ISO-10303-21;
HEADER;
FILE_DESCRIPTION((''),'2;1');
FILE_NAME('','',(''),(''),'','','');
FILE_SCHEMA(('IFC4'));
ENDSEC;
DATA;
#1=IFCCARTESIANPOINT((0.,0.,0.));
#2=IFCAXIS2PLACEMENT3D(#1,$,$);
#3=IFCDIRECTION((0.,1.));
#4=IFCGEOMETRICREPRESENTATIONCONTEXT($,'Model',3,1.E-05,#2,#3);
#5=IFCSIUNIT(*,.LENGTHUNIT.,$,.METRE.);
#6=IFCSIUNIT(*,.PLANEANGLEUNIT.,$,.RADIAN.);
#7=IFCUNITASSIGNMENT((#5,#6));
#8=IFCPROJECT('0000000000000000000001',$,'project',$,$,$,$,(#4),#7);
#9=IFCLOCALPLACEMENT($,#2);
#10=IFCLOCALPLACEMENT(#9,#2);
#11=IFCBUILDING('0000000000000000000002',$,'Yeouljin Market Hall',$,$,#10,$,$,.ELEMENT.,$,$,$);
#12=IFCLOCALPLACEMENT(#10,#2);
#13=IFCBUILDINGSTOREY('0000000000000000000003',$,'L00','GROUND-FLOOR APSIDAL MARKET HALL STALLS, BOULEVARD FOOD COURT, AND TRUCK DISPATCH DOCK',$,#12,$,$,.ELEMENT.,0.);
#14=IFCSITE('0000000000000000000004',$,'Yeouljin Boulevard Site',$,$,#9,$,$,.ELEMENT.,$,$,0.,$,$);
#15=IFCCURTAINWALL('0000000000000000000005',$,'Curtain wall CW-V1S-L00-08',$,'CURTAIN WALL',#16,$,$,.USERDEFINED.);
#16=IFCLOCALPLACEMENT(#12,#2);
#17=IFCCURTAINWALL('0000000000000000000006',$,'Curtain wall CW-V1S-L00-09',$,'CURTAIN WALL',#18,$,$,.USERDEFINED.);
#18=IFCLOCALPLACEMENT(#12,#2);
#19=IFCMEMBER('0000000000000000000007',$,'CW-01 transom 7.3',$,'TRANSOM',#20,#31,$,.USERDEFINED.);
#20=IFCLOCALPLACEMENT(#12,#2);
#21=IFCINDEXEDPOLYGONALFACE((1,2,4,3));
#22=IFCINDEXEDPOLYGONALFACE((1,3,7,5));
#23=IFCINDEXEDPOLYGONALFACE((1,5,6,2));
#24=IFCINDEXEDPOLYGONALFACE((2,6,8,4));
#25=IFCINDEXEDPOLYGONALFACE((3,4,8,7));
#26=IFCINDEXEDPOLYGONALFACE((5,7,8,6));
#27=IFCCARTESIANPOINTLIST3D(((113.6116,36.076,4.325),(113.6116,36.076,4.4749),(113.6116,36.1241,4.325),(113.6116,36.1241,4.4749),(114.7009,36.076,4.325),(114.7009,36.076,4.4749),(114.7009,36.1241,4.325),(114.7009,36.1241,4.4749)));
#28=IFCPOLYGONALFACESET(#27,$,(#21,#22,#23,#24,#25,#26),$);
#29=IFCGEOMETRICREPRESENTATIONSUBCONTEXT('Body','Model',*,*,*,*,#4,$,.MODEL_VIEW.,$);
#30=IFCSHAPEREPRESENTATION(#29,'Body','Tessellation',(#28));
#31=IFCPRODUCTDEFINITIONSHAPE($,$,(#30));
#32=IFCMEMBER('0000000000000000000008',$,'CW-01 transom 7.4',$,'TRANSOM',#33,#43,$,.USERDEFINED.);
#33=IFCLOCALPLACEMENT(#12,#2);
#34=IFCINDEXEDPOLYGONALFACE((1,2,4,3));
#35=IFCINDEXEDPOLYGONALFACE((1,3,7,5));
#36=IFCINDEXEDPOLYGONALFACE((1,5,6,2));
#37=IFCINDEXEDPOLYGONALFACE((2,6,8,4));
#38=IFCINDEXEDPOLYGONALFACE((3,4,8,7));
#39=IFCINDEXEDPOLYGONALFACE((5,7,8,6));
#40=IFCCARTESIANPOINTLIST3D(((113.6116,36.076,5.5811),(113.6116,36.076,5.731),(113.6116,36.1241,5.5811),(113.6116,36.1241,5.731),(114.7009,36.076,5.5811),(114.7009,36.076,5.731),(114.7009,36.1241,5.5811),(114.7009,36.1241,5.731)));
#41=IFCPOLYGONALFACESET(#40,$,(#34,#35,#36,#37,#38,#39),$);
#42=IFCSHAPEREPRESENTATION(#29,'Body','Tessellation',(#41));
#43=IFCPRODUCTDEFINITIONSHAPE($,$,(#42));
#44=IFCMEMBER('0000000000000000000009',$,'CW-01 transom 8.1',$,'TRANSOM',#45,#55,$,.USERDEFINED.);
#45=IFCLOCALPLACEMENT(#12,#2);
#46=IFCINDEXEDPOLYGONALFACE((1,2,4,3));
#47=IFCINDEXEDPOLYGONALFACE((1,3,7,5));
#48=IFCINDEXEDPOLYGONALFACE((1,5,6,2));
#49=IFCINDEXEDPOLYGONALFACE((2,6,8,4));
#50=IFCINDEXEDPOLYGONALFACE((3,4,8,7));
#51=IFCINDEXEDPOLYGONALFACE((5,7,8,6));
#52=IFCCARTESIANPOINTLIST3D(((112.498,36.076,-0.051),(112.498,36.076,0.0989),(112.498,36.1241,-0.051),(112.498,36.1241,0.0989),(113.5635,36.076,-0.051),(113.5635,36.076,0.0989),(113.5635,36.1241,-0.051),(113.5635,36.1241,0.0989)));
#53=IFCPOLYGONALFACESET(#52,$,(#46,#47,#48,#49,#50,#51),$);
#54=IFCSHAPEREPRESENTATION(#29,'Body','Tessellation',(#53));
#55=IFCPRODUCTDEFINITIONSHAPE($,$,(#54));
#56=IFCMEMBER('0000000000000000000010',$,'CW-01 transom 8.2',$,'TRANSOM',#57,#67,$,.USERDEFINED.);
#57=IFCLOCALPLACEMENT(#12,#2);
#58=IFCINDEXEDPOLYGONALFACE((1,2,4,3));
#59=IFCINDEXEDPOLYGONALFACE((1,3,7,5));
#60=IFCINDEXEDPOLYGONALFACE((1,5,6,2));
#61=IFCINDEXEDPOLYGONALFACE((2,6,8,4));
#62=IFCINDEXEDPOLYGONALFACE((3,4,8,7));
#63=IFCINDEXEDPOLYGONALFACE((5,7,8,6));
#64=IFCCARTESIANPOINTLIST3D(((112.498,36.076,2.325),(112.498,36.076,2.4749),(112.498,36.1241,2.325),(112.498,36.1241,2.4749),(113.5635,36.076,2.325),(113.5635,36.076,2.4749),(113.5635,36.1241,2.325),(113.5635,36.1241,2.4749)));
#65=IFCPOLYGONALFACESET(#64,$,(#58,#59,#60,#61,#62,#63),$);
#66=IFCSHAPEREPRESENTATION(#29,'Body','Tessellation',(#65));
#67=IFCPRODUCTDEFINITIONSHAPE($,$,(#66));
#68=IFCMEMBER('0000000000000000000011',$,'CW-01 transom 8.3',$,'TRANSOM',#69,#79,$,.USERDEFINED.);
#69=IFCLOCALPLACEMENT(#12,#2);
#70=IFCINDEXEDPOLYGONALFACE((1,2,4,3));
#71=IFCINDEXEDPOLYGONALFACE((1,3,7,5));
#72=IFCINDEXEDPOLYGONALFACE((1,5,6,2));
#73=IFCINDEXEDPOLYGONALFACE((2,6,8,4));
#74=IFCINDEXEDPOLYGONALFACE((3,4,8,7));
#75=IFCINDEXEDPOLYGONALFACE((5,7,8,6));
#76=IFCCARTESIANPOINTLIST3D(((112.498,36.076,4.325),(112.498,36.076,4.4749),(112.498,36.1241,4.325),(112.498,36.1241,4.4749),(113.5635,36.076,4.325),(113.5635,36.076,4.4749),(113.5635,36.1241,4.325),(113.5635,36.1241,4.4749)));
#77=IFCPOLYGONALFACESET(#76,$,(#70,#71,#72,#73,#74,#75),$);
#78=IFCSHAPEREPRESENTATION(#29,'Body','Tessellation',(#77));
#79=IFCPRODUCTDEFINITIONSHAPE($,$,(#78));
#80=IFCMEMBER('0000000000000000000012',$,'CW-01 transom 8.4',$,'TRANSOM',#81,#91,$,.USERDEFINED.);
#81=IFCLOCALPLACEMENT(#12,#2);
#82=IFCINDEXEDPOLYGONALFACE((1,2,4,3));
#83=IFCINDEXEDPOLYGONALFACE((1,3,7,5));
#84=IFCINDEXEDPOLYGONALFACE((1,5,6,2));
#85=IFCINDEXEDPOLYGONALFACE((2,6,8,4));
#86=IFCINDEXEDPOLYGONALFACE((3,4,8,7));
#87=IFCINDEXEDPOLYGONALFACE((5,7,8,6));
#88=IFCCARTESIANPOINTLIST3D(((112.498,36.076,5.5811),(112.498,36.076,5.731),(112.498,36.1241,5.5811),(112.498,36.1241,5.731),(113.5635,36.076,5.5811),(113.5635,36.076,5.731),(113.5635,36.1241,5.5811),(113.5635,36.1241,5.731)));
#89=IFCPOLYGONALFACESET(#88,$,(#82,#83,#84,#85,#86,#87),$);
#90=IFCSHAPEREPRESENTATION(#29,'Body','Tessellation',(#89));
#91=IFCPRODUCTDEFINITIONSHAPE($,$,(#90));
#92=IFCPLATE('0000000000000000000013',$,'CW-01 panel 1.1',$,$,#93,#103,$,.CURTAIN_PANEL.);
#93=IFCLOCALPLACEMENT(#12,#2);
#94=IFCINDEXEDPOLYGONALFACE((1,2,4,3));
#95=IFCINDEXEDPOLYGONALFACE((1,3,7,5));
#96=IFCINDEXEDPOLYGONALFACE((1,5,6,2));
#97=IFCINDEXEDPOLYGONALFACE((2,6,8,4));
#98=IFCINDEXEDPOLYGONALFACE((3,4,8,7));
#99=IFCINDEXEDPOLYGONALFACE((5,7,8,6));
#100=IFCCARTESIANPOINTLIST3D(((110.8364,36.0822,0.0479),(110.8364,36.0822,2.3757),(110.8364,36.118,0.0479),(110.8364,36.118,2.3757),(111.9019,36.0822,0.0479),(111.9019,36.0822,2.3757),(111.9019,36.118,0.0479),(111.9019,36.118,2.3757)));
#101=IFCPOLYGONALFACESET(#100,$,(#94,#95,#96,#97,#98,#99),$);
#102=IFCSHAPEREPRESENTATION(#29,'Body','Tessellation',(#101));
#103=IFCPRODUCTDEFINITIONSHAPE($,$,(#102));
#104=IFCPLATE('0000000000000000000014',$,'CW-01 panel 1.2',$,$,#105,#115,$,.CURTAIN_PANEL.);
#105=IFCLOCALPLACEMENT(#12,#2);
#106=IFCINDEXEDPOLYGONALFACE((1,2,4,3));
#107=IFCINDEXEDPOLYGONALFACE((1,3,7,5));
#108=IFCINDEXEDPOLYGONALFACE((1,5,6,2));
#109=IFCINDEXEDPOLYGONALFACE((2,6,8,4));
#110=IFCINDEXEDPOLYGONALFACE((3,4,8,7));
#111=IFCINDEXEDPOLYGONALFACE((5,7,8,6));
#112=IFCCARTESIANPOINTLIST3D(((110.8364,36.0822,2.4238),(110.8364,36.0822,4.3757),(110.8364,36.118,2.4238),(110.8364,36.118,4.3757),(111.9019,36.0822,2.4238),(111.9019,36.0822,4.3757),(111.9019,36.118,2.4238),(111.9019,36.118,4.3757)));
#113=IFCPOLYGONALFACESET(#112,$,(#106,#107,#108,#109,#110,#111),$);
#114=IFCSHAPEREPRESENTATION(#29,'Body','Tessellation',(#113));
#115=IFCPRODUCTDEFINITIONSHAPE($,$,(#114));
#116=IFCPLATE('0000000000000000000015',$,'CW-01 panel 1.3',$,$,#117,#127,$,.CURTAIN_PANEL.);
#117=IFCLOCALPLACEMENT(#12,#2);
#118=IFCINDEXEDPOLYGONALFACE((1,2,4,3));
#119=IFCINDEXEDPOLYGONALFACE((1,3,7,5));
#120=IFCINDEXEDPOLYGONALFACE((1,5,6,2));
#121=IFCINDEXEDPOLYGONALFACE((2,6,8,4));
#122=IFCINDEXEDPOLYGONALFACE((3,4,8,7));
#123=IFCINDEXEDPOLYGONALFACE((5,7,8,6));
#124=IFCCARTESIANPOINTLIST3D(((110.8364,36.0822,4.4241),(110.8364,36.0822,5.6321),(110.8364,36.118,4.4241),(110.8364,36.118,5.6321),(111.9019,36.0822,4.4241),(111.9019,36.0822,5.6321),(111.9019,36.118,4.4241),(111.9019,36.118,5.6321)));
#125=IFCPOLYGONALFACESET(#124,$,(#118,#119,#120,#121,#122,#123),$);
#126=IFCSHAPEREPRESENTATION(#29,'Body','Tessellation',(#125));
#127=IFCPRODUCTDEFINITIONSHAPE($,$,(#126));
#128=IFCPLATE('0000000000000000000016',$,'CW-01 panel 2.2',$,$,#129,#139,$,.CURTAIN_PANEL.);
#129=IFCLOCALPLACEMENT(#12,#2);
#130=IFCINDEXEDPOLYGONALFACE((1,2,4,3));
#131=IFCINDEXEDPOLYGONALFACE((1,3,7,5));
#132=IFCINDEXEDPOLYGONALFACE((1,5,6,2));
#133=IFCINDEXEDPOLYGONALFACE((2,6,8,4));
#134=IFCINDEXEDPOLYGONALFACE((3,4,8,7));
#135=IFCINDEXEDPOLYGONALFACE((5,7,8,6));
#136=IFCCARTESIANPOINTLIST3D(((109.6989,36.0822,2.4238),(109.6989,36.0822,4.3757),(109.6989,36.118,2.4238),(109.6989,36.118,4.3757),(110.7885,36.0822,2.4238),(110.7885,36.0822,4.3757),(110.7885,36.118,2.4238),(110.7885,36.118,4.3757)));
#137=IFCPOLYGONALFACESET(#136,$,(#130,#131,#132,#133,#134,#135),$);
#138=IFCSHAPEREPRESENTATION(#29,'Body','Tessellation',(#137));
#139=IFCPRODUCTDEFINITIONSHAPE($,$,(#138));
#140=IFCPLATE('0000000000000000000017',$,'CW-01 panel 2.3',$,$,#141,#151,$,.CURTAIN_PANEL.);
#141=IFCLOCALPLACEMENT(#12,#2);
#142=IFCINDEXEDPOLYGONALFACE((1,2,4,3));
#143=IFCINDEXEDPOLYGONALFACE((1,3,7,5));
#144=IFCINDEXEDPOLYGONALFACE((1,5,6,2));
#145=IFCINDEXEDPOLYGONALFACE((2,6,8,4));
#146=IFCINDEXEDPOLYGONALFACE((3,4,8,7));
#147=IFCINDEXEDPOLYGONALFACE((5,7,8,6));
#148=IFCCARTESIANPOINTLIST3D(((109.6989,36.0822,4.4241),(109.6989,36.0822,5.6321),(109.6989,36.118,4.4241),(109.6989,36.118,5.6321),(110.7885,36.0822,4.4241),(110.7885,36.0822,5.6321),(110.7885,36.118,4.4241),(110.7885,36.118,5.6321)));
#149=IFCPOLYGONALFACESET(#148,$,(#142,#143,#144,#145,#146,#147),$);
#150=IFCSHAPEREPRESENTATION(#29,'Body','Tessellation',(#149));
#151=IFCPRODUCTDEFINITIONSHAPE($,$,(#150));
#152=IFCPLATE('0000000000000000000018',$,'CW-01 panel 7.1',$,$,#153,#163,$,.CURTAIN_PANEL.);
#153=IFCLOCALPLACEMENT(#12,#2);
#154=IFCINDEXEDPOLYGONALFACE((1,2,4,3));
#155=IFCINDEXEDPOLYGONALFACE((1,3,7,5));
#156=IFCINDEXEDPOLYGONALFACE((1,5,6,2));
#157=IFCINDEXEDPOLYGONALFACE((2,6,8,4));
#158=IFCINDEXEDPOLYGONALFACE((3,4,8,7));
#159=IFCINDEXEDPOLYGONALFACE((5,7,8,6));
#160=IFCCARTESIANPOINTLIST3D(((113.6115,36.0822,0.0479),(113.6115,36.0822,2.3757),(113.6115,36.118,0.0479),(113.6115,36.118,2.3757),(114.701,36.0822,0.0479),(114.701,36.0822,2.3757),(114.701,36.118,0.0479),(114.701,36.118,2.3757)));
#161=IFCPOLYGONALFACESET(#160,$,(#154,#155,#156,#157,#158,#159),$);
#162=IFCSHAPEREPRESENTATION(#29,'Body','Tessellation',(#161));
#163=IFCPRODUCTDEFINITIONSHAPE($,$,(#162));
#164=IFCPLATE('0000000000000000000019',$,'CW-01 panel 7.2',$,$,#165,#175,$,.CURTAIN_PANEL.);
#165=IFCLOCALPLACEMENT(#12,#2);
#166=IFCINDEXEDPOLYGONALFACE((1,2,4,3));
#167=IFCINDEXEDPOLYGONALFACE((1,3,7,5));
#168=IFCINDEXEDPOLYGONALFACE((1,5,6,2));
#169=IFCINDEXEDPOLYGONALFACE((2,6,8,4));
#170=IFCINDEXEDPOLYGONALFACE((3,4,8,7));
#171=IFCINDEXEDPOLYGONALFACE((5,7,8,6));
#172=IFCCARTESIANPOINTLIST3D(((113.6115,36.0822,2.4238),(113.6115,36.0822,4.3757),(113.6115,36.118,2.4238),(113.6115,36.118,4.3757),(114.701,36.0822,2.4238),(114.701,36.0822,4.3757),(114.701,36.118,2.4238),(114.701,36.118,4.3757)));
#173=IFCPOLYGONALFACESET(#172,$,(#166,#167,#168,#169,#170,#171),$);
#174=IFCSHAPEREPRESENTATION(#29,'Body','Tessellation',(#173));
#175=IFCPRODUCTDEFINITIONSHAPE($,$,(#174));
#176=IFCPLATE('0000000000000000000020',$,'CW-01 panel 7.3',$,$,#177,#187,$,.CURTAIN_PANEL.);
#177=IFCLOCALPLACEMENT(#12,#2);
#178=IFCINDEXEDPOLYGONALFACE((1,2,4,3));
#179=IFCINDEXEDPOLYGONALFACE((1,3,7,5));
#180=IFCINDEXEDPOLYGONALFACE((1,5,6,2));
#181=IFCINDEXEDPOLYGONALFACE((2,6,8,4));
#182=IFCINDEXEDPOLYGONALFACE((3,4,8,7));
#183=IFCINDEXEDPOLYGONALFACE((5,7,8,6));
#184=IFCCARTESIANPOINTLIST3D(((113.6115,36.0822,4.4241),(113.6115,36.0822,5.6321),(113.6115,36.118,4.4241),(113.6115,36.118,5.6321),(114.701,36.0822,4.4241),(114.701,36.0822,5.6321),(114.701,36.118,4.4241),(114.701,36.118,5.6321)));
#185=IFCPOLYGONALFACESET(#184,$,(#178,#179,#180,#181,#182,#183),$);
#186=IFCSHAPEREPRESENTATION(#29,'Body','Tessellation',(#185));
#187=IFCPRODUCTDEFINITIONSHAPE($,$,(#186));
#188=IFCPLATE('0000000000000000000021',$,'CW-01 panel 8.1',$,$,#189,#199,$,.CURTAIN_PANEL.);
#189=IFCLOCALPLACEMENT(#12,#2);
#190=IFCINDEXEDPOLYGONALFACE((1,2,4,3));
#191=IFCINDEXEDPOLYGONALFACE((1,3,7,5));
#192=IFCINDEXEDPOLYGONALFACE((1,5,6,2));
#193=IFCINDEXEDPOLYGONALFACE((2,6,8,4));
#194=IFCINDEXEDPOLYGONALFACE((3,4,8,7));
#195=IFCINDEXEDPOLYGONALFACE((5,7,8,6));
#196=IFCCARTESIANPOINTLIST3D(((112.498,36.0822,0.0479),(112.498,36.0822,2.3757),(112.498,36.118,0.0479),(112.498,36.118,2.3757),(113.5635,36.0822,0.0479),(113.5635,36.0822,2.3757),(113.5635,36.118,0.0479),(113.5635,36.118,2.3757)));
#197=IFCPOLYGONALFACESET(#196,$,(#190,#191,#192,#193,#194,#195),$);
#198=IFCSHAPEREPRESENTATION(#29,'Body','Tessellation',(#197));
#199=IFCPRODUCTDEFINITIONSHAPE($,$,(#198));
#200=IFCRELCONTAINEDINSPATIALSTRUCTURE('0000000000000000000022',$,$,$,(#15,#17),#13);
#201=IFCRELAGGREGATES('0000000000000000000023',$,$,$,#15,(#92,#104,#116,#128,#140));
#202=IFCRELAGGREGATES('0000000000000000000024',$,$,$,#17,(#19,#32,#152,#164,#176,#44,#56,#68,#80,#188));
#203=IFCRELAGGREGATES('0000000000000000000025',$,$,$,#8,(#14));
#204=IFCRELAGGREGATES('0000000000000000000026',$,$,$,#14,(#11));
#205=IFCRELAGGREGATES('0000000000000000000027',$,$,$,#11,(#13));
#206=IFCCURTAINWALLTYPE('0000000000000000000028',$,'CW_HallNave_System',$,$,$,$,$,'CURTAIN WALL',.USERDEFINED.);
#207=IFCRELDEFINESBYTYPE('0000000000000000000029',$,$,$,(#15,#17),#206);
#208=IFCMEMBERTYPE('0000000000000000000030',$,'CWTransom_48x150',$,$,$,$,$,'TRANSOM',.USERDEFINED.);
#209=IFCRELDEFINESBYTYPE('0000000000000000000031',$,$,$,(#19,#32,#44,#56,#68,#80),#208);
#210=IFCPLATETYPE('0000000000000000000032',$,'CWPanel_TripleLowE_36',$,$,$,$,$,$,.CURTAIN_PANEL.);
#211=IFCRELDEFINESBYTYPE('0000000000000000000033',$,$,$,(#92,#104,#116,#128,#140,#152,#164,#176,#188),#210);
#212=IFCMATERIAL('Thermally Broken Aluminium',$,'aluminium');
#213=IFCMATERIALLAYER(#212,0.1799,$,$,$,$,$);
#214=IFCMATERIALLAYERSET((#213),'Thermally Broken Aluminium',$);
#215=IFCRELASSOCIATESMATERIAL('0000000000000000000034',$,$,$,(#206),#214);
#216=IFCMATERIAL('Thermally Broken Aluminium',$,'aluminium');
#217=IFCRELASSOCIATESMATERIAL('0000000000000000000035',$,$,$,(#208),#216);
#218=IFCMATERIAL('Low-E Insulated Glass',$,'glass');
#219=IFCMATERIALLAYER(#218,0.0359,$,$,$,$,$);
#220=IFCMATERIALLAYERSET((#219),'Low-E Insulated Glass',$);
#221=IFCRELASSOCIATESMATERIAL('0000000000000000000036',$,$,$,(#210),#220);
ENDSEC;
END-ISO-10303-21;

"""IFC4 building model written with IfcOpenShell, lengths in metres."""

from ifc_helpers import new_model, si_unit, direction, frame, origin, origin_2d, place, context, subcontext, project, spatial, rectangle, extrude, material, layer, layer_set, material_profile, profile_set, type_object, element, aggregate, save


model = new_model("IFC4")

# Units and contexts
model_context = context("Model", 3, precision=1e-05, world=origin(), true_north=direction((0.0, 1.0)))
body_context = subcontext(model_context, "Body", "Model", "MODEL_VIEW")
ifc_project = project(units=[si_unit("LENGTHUNIT", "METRE"), si_unit("PLANEANGLEUNIT", "RADIAN")], contexts=[model_context])

# Site, building, storey
site_placement = place(None, origin())
site = spatial("IfcSite", under=ifc_project, at=site_placement, Name="Yeouljin Boulevard Site", CompositionType="ELEMENT", RefElevation=0.0)
building_placement = place(site_placement, origin())
building = spatial("IfcBuilding", under=site, at=building_placement, Name="Yeouljin Market Hall", CompositionType="ELEMENT")
storey_placement = place(building_placement, origin())
storey = spatial("IfcBuildingStorey", under=building, at=storey_placement, Name="L00", Description="GROUND-FLOOR APSIDAL MARKET HALL STALLS, BOULEVARD FOOD COURT, AND TRUCK DISPATCH DOCK", CompositionType="ELEMENT", Elevation=0.0)

# Curtain walls
ifc_material_1 = material(Name="Thermally Broken Aluminium", Category="aluminium")
ifc_layer_1 = layer(ifc_material_1, 0.1799)
ifc_layer_set_1 = layer_set([ifc_layer_1], Name="Thermally Broken Aluminium")
curtain_wall_type = type_object("IfcCurtainWallType", Name="CW_HallNave_System", ElementType="CURTAIN WALL", PredefinedType="USERDEFINED", material=ifc_layer_set_1)
curtain_wall_1_placement = place(storey_placement, origin())
curtain_wall_1 = element("IfcCurtainWall", 1, at=curtain_wall_1_placement, inside=storey, type_object=curtain_wall_type, Name="Curtain wall CW-V1S-L00-08", ObjectType="CURTAIN WALL", PredefinedType="USERDEFINED")
curtain_wall_2_placement = place(storey_placement, origin())
curtain_wall_2 = element("IfcCurtainWall", 2, at=curtain_wall_2_placement, inside=storey, type_object=curtain_wall_type, Name="Curtain wall CW-V1S-L00-09", ObjectType="CURTAIN WALL", PredefinedType="USERDEFINED")

# Members
ifc_material_2 = material(Name="Thermally Broken Aluminium", Category="aluminium")
ifc_material_profile_1 = material_profile(ifc_material_2, rectangle(XDim=0.0481, YDim=0.1499, at=origin_2d()), Name="CW-TRAN-48x150")
ifc_profile_set_1 = profile_set([ifc_material_profile_1], Name="Thermally Broken Aluminium")
member_type_1 = type_object("IfcMemberType", Name="CWTransom_48x150", ElementType="TRANSOM", PredefinedType="USERDEFINED", material=ifc_profile_set_1)
member_1_placement = place(storey_placement, frame((114.7009, 36.1001, 4.3999), z_axis=(-1.0, 0.0, 0.0), x_axis=(0.0, -1.0, 0.0)))
member_1 = element("IfcMember", 3, at=member_1_placement, type_object=member_type_1, Name="CW-01 transom 7.3", ObjectType="TRANSOM", PredefinedType="USERDEFINED", context=body_context, shape_type="SweptSolid", body=[
    extrude(rectangle(XDim=0.0481, YDim=0.1499, at=origin_2d()), origin(), (0.0, 0.0, 1.0), 1.0894),
])
member_2_placement = place(storey_placement, frame((114.7009, 36.1001, 5.656), z_axis=(-1.0, 0.0, 0.0), x_axis=(0.0, -1.0, 0.0)))
member_2 = element("IfcMember", 4, at=member_2_placement, type_object=member_type_1, Name="CW-01 transom 7.4", ObjectType="TRANSOM", PredefinedType="USERDEFINED", context=body_context, shape_type="SweptSolid", body=[
    extrude(rectangle(XDim=0.0481, YDim=0.1499, at=origin_2d()), origin(), (0.0, 0.0, 1.0), 1.0894),
])
member_3_placement = place(storey_placement, frame((113.5635, 36.1001, 0.0239), z_axis=(-1.0, 0.0, 0.0), x_axis=(0.0, -1.0, 0.0)))
member_3 = element("IfcMember", 5, at=member_3_placement, type_object=member_type_1, Name="CW-01 transom 8.1", ObjectType="TRANSOM", PredefinedType="USERDEFINED", context=body_context, shape_type="SweptSolid", body=[
    extrude(rectangle(XDim=0.0481, YDim=0.1499, at=origin_2d()), origin(), (0.0, 0.0, 1.0), 1.0654),
])
member_4_placement = place(storey_placement, frame((113.5635, 36.1001, 2.3999), z_axis=(-1.0, 0.0, 0.0), x_axis=(0.0, -1.0, 0.0)))
member_4 = element("IfcMember", 6, at=member_4_placement, type_object=member_type_1, Name="CW-01 transom 8.2", ObjectType="TRANSOM", PredefinedType="USERDEFINED", context=body_context, shape_type="SweptSolid", body=[
    extrude(rectangle(XDim=0.0481, YDim=0.1499, at=origin_2d()), origin(), (0.0, 0.0, 1.0), 1.0654),
])
member_5_placement = place(storey_placement, frame((113.5635, 36.1001, 4.3999), z_axis=(-1.0, 0.0, 0.0), x_axis=(0.0, -1.0, 0.0)))
member_5 = element("IfcMember", 7, at=member_5_placement, type_object=member_type_1, Name="CW-01 transom 8.3", ObjectType="TRANSOM", PredefinedType="USERDEFINED", context=body_context, shape_type="SweptSolid", body=[
    extrude(rectangle(XDim=0.0481, YDim=0.1499, at=origin_2d()), origin(), (0.0, 0.0, 1.0), 1.0654),
])
member_6_placement = place(storey_placement, frame((113.5635, 36.1001, 5.656), z_axis=(-1.0, 0.0, 0.0), x_axis=(0.0, -1.0, 0.0)))
member_6 = element("IfcMember", 8, at=member_6_placement, type_object=member_type_1, Name="CW-01 transom 8.4", ObjectType="TRANSOM", PredefinedType="USERDEFINED", context=body_context, shape_type="SweptSolid", body=[
    extrude(rectangle(XDim=0.0481, YDim=0.1499, at=origin_2d()), origin(), (0.0, 0.0, 1.0), 1.0654),
])

# Plates
ifc_material_3 = material(Name="Low-E Insulated Glass", Category="glass")
ifc_layer_2 = layer(ifc_material_3, 0.0359)
ifc_layer_set_2 = layer_set([ifc_layer_2], Name="Low-E Insulated Glass")
plate_type = type_object("IfcPlateType", Name="CWPanel_TripleLowE_36", PredefinedType="CURTAIN_PANEL", material=ifc_layer_set_2)
plate_1_placement = place(storey_placement, frame((111.3691, 36.1001, 0.0479), z_axis=(0.0, 0.0, 1.0), x_axis=(-1.0, 0.0, 0.0)))
plate_1 = element("IfcPlate", 9, at=plate_1_placement, type_object=plate_type, Name="CW-01 panel 1.1", PredefinedType="CURTAIN_PANEL", context=body_context, shape_type="SweptSolid", body=[
    extrude(rectangle(XDim=1.0654, YDim=0.0359, at=origin_2d()), origin(), (0.0, 0.0, 1.0), 2.3279),
])
plate_2_placement = place(storey_placement, frame((111.3691, 36.1001, 2.4238), z_axis=(0.0, 0.0, 1.0), x_axis=(-1.0, 0.0, 0.0)))
plate_2 = element("IfcPlate", 10, at=plate_2_placement, type_object=plate_type, Name="CW-01 panel 1.2", PredefinedType="CURTAIN_PANEL", context=body_context, shape_type="SweptSolid", body=[
    extrude(rectangle(XDim=1.0654, YDim=0.0359, at=origin_2d()), origin(), (0.0, 0.0, 1.0), 1.9519),
])
plate_3_placement = place(storey_placement, frame((111.3691, 36.1001, 4.4241), z_axis=(0.0, 0.0, 1.0), x_axis=(-1.0, 0.0, 0.0)))
plate_3 = element("IfcPlate", 11, at=plate_3_placement, type_object=plate_type, Name="CW-01 panel 1.3", PredefinedType="CURTAIN_PANEL", context=body_context, shape_type="SweptSolid", body=[
    extrude(rectangle(XDim=1.0654, YDim=0.0359, at=origin_2d()), origin(), (0.0, 0.0, 1.0), 1.208),
])
plate_4_placement = place(storey_placement, frame((110.2437, 36.1001, 2.4238), z_axis=(0.0, 0.0, 1.0), x_axis=(-1.0, 0.0, 0.0)))
plate_4 = element("IfcPlate", 12, at=plate_4_placement, type_object=plate_type, Name="CW-01 panel 2.2", PredefinedType="CURTAIN_PANEL", context=body_context, shape_type="SweptSolid", body=[
    extrude(rectangle(XDim=1.0896, YDim=0.0359, at=origin_2d()), origin(), (0.0, 0.0, 1.0), 1.9519),
])
plate_5_placement = place(storey_placement, frame((110.2437, 36.1001, 4.4241), z_axis=(0.0, 0.0, 1.0), x_axis=(-1.0, 0.0, 0.0)))
plate_5 = element("IfcPlate", 13, at=plate_5_placement, type_object=plate_type, Name="CW-01 panel 2.3", PredefinedType="CURTAIN_PANEL", context=body_context, shape_type="SweptSolid", body=[
    extrude(rectangle(XDim=1.0896, YDim=0.0359, at=origin_2d()), origin(), (0.0, 0.0, 1.0), 1.208),
])
aggregate(curtain_wall_1, [plate_1, plate_2, plate_3, plate_4, plate_5])
plate_6_placement = place(storey_placement, frame((114.1562, 36.1001, 0.0479), z_axis=(0.0, 0.0, 1.0), x_axis=(-1.0, 0.0, 0.0)))
plate_6 = element("IfcPlate", 14, at=plate_6_placement, type_object=plate_type, Name="CW-01 panel 7.1", PredefinedType="CURTAIN_PANEL", context=body_context, shape_type="SweptSolid", body=[
    extrude(rectangle(XDim=1.0896, YDim=0.0359, at=origin_2d()), origin(), (0.0, 0.0, 1.0), 2.3279),
])
plate_7_placement = place(storey_placement, frame((114.1562, 36.1001, 2.4238), z_axis=(0.0, 0.0, 1.0), x_axis=(-1.0, 0.0, 0.0)))
plate_7 = element("IfcPlate", 15, at=plate_7_placement, type_object=plate_type, Name="CW-01 panel 7.2", PredefinedType="CURTAIN_PANEL", context=body_context, shape_type="SweptSolid", body=[
    extrude(rectangle(XDim=1.0896, YDim=0.0359, at=origin_2d()), origin(), (0.0, 0.0, 1.0), 1.9519),
])
plate_8_placement = place(storey_placement, frame((114.1562, 36.1001, 4.4241), z_axis=(0.0, 0.0, 1.0), x_axis=(-1.0, 0.0, 0.0)))
plate_8 = element("IfcPlate", 16, at=plate_8_placement, type_object=plate_type, Name="CW-01 panel 7.3", PredefinedType="CURTAIN_PANEL", context=body_context, shape_type="SweptSolid", body=[
    extrude(rectangle(XDim=1.0896, YDim=0.0359, at=origin_2d()), origin(), (0.0, 0.0, 1.0), 1.208),
])
plate_9_placement = place(storey_placement, frame((113.0308, 36.1001, 0.0479), z_axis=(0.0, 0.0, 1.0), x_axis=(-1.0, 0.0, 0.0)))
plate_9 = element("IfcPlate", 17, at=plate_9_placement, type_object=plate_type, Name="CW-01 panel 8.1", PredefinedType="CURTAIN_PANEL", context=body_context, shape_type="SweptSolid", body=[
    extrude(rectangle(XDim=1.0654, YDim=0.0359, at=origin_2d()), origin(), (0.0, 0.0, 1.0), 2.3279),
])
aggregate(curtain_wall_2, [member_1, member_2, plate_6, plate_7, plate_8, member_3, member_4, member_5, member_6, plate_9])

save(model, "model.ifc")
